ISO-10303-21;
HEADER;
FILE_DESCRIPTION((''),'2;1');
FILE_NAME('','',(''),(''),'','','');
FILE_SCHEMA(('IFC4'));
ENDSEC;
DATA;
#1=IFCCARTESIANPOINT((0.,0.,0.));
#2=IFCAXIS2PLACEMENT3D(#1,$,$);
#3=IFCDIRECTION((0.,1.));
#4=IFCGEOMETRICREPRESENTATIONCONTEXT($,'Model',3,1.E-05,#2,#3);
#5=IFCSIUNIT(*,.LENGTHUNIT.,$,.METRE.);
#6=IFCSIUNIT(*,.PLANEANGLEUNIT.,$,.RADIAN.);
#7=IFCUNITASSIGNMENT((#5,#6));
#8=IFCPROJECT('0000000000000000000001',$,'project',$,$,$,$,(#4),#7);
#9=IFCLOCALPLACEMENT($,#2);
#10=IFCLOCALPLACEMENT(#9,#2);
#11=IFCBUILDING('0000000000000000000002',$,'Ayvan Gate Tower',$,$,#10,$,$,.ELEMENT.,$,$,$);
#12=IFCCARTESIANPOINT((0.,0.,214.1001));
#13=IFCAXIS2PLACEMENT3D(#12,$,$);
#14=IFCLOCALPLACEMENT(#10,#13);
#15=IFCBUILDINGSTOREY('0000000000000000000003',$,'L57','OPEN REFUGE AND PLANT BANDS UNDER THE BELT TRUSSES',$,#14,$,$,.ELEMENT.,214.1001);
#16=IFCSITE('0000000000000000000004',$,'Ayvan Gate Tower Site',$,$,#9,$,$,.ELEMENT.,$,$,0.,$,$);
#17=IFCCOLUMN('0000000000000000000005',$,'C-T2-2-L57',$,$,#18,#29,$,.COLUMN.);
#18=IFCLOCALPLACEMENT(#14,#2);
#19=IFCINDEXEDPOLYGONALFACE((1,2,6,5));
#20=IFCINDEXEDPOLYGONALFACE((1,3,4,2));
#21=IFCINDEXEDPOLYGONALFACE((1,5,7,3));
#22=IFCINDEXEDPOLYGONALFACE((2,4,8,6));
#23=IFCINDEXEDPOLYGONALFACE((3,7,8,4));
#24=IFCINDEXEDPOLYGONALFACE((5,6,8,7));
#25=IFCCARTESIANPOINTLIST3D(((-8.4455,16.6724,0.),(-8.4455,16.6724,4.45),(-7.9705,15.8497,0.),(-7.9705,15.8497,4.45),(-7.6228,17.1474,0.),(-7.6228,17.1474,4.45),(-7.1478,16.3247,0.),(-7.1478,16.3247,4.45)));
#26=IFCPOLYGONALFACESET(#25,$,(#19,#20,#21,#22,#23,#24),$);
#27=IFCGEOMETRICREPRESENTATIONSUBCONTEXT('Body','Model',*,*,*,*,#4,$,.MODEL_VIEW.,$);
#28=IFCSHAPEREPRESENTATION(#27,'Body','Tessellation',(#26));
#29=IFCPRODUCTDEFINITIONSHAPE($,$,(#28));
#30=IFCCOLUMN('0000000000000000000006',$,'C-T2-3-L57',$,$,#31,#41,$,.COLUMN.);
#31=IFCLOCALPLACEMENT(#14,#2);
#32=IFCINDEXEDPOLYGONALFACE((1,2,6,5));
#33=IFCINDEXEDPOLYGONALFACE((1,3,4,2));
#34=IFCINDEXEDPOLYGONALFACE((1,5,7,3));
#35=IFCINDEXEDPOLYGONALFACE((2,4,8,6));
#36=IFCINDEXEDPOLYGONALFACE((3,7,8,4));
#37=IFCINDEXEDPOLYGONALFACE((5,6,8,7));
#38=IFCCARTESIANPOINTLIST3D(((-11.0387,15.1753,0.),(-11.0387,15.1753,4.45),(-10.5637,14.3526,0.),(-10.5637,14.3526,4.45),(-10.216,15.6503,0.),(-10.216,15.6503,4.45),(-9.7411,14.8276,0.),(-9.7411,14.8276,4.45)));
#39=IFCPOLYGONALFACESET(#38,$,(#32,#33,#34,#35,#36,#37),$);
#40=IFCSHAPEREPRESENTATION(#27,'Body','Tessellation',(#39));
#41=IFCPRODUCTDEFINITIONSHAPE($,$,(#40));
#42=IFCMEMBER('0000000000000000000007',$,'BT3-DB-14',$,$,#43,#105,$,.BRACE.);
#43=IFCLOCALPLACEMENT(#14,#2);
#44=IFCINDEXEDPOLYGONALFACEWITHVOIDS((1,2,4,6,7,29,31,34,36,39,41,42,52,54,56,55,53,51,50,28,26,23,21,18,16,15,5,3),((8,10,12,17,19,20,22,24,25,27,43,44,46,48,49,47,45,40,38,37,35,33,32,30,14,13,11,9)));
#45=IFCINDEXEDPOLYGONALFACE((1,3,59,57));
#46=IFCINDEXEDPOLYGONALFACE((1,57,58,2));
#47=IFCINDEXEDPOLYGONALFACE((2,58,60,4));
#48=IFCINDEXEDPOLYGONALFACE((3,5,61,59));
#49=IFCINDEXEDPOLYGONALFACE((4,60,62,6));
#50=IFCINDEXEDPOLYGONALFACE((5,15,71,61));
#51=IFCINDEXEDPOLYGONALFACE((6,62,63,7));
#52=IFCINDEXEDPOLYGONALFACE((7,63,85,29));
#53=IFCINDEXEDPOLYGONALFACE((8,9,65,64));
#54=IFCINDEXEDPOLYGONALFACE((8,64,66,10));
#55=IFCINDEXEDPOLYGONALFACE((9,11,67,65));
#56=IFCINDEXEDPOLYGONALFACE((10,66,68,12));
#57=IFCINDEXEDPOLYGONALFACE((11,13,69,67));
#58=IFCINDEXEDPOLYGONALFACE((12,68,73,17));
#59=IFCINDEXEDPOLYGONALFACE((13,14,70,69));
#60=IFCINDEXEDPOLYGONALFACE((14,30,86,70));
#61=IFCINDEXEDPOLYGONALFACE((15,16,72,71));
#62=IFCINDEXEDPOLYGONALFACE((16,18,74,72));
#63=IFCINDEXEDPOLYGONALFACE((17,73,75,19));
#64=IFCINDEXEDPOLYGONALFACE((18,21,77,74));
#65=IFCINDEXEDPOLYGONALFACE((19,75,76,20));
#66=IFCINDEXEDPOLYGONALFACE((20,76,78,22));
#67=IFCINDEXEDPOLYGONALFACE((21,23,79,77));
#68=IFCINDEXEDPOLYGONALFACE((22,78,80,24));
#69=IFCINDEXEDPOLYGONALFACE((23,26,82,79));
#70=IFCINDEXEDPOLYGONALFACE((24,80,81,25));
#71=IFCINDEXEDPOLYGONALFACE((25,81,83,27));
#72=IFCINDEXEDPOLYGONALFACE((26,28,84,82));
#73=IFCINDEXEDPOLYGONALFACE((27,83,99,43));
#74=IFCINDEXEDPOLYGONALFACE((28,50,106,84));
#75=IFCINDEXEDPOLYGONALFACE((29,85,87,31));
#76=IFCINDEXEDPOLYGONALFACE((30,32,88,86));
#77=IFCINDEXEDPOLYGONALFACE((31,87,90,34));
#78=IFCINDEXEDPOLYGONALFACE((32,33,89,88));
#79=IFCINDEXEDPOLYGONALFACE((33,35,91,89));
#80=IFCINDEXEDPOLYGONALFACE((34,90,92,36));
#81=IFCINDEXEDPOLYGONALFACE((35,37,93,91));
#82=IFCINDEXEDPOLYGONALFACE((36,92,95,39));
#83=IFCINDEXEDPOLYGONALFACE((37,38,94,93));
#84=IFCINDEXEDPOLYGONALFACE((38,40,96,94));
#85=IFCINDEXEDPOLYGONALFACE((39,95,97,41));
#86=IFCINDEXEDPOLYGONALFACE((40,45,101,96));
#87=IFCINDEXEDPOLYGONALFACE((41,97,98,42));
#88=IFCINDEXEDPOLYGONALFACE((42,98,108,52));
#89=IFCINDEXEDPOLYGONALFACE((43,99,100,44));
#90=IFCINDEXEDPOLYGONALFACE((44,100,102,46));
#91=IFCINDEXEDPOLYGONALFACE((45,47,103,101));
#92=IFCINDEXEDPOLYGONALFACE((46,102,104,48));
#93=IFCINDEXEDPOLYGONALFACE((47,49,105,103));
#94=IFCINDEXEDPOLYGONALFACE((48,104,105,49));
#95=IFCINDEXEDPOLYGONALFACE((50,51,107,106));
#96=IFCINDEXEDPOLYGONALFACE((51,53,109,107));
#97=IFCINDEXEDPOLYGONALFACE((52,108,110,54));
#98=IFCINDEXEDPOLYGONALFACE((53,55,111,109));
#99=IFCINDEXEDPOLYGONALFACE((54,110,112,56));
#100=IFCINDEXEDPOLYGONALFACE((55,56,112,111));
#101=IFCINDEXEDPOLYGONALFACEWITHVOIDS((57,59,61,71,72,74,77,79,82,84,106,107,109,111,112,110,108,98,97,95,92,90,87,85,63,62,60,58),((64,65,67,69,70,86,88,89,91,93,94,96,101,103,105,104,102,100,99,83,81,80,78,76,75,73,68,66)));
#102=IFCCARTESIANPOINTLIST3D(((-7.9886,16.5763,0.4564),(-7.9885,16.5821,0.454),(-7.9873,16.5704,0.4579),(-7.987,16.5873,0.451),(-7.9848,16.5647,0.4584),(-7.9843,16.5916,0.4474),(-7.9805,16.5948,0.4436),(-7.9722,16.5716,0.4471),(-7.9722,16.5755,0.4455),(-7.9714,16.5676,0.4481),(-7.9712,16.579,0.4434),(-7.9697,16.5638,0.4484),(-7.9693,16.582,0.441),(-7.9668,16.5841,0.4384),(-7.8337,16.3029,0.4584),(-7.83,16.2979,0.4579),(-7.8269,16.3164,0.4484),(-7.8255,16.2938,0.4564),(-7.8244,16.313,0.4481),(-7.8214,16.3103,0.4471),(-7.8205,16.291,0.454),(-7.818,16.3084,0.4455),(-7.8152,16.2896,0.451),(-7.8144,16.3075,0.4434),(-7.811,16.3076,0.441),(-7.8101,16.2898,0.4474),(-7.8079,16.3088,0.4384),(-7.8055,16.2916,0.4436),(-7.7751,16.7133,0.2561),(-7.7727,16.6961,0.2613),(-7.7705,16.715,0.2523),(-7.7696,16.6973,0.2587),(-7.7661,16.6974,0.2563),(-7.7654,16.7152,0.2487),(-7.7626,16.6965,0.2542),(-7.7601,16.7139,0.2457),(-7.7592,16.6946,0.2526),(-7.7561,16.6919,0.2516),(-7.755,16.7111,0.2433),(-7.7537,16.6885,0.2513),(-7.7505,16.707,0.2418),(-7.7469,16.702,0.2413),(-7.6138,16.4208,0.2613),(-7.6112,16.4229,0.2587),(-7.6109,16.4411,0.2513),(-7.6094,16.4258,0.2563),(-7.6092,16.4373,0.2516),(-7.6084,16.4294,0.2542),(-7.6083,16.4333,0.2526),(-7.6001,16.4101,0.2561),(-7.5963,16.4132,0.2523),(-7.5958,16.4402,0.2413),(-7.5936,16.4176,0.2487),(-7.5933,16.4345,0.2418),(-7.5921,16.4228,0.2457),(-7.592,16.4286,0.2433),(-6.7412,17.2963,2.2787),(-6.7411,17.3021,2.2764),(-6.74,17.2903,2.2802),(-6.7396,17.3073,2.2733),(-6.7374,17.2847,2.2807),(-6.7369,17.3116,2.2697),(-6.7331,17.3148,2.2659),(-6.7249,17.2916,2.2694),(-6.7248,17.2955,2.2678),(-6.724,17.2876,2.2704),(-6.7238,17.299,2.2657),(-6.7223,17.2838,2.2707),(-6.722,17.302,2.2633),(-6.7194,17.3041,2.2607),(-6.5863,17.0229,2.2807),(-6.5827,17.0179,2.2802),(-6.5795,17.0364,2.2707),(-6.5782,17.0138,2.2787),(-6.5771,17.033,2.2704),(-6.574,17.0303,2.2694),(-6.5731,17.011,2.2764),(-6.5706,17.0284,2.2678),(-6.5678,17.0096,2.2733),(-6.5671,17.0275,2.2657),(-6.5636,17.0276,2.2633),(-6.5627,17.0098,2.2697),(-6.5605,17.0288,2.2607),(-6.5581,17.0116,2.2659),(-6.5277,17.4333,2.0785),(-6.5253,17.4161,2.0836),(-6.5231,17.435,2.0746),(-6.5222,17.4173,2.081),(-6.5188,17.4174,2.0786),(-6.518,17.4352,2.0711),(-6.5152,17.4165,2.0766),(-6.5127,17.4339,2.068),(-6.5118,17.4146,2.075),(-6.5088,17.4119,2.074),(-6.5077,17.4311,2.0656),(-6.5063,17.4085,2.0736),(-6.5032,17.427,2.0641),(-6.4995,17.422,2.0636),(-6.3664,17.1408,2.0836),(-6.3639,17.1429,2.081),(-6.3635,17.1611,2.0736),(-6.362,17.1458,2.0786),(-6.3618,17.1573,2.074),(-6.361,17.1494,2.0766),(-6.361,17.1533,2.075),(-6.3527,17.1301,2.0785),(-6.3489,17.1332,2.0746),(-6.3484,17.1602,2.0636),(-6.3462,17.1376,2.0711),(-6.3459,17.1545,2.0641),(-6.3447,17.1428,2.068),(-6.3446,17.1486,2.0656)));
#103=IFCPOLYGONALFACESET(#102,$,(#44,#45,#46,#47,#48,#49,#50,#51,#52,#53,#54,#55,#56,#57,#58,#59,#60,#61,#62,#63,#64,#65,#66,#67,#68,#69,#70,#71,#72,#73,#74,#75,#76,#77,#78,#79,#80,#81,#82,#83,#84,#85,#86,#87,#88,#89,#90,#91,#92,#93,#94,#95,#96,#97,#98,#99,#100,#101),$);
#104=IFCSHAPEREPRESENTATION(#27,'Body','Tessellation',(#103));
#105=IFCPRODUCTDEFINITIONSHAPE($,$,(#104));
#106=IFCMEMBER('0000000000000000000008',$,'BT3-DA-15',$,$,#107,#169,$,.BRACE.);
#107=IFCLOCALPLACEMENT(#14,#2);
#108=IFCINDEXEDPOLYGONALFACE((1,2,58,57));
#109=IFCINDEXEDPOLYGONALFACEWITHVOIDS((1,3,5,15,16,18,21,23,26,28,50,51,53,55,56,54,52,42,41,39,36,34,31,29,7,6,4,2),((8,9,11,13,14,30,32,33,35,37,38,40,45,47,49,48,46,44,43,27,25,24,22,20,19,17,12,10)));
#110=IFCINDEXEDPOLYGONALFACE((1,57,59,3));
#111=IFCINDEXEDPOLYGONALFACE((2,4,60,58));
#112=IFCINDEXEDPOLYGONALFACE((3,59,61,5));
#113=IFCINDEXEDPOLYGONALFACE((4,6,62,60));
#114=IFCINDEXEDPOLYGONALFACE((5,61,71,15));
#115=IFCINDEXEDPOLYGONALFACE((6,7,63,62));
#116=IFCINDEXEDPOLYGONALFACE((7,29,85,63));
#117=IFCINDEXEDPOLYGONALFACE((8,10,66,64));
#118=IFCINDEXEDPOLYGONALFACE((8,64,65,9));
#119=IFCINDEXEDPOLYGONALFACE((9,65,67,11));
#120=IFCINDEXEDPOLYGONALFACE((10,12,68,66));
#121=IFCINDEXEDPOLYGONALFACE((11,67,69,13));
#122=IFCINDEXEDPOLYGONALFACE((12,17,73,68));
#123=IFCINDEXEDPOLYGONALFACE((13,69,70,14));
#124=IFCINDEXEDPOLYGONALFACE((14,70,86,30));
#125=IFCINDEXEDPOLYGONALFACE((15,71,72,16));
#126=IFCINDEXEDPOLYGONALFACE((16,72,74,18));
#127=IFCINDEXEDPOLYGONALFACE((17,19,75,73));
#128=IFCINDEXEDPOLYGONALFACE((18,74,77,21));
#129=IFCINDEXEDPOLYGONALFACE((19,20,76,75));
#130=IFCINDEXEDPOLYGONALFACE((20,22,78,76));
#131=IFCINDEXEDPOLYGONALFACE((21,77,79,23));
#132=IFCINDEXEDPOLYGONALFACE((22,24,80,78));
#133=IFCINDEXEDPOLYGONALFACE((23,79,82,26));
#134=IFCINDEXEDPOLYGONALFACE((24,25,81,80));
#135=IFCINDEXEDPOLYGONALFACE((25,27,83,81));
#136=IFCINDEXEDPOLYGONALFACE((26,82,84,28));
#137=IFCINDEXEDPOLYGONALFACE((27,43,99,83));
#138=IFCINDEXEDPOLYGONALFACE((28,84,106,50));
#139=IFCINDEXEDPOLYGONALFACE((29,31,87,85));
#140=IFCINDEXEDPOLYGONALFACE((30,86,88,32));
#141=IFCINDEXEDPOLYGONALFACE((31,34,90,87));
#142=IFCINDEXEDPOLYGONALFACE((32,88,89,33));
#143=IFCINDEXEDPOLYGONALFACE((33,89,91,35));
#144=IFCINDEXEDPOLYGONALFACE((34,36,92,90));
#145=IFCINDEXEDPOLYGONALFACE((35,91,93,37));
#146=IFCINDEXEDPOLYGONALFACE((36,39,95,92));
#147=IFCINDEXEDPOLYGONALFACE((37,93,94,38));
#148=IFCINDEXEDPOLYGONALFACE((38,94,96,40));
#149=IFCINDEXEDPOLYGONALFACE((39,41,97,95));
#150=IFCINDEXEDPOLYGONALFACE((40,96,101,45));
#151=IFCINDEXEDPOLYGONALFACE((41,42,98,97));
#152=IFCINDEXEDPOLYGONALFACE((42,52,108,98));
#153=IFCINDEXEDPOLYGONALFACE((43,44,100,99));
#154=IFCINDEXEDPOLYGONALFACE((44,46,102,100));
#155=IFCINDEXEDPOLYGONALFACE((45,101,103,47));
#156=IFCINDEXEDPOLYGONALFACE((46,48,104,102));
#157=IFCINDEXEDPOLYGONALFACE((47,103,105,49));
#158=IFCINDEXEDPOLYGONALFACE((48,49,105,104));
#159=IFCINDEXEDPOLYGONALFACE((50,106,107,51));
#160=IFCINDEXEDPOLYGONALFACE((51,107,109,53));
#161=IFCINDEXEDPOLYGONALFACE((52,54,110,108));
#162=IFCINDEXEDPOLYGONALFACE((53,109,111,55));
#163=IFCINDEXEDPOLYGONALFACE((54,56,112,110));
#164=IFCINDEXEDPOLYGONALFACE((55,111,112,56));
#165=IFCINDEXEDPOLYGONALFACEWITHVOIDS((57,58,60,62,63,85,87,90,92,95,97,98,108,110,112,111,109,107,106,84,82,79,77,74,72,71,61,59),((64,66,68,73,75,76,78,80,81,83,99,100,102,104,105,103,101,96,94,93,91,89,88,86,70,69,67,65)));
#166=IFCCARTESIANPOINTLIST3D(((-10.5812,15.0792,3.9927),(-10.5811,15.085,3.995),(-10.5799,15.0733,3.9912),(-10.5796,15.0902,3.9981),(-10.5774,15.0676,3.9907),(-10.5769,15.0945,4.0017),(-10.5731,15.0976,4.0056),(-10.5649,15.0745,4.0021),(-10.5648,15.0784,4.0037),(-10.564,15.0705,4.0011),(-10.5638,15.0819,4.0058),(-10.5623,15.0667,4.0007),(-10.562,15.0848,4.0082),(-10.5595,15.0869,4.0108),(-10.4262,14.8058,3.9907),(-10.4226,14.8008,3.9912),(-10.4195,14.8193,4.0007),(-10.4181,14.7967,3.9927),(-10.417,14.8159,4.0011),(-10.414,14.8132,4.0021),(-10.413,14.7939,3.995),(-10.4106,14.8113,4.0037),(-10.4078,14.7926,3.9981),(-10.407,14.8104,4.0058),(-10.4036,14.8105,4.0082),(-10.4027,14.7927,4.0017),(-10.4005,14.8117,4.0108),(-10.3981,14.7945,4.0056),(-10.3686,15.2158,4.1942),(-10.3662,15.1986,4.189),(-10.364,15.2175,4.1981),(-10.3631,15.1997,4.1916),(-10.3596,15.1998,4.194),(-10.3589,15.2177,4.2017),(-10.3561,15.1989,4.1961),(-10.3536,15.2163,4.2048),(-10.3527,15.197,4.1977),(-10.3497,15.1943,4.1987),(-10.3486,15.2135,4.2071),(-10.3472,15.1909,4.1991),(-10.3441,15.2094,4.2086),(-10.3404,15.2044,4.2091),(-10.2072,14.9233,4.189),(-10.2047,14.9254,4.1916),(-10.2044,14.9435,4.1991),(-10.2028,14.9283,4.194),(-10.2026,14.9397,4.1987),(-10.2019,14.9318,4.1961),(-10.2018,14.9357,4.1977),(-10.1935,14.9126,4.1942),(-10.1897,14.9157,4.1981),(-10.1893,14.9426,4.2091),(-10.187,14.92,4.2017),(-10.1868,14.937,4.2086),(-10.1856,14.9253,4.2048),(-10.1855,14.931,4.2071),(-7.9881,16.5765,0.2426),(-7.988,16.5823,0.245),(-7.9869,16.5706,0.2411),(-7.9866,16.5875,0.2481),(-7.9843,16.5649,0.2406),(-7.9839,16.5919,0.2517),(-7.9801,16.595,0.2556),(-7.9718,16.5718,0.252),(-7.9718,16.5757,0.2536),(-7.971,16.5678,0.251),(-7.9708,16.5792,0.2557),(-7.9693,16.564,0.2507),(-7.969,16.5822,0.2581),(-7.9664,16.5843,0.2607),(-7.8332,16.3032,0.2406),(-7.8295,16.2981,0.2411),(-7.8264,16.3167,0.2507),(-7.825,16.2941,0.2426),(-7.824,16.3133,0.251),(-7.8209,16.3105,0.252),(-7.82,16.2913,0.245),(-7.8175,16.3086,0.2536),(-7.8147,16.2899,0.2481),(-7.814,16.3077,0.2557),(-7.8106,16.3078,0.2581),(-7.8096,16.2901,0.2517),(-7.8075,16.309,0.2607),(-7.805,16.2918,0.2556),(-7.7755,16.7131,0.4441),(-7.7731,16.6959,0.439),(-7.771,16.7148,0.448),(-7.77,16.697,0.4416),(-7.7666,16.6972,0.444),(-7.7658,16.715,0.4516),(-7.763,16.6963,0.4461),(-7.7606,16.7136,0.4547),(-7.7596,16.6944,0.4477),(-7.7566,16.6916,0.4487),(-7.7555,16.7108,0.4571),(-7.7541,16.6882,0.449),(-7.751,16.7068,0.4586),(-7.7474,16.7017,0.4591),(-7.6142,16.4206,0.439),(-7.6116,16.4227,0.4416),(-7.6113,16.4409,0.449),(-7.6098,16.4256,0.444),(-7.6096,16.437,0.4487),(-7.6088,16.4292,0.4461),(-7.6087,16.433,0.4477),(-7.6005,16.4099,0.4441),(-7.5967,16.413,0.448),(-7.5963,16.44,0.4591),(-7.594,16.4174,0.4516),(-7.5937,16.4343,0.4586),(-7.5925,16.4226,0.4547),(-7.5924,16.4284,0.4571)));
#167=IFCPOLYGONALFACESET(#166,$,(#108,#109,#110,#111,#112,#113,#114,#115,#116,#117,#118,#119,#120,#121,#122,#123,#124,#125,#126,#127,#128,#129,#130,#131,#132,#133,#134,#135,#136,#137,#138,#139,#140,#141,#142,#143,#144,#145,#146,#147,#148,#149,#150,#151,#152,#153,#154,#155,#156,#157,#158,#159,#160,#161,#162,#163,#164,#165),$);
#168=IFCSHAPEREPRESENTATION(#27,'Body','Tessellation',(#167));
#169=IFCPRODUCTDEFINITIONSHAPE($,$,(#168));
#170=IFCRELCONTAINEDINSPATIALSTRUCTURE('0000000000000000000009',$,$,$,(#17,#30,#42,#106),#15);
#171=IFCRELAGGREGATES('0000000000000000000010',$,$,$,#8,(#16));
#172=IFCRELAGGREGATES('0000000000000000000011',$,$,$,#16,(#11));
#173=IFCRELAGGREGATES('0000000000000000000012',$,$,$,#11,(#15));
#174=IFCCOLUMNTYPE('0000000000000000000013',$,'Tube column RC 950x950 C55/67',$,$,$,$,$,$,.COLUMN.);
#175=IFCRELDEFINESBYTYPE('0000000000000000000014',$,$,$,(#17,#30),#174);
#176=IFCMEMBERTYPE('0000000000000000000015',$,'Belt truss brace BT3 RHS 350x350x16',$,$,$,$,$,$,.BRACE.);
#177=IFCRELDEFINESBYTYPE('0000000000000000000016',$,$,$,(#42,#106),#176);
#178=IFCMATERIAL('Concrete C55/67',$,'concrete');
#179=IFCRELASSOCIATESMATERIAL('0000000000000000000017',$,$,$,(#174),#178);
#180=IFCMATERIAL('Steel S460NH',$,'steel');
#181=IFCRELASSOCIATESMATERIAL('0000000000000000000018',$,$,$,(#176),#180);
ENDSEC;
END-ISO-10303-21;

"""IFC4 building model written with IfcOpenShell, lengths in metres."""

from ifc_helpers import new_model, si_unit, direction, frame, origin, origin_2d, place, context, subcontext, project, spatial, rectangle, hollow_rectangle, extrude, material, material_profile, profile_set, type_object, element, save


model = new_model("IFC4")

# Units and contexts
model_context = context("Model", 3, precision=1e-05, world=origin(), true_north=direction((0.0, 1.0)))
body_context = subcontext(model_context, "Body", "Model", "MODEL_VIEW")
ifc_project = project(units=[si_unit("LENGTHUNIT", "METRE"), si_unit("PLANEANGLEUNIT", "RADIAN")], contexts=[model_context])

# Site, building, storey
site_placement = place(None, origin())
site = spatial("IfcSite", under=ifc_project, at=site_placement, Name="Ayvan Gate Tower Site", CompositionType="ELEMENT", RefElevation=0.0)
building_placement = place(site_placement, origin())
building = spatial("IfcBuilding", under=site, at=building_placement, Name="Ayvan Gate Tower", CompositionType="ELEMENT")
storey_placement = place(building_placement, frame((0.0, 0.0, 214.1001)))
storey = spatial("IfcBuildingStorey", under=building, at=storey_placement, Name="L57", Description="OPEN REFUGE AND PLANT BANDS UNDER THE BELT TRUSSES", CompositionType="ELEMENT", Elevation=214.1001)

# Columns
ifc_material_1 = material(Name="Concrete C55/67", Category="concrete")
ifc_material_profile_1 = material_profile(ifc_material_1, rectangle(XDim=0.95, YDim=0.95, at=origin_2d()), Name="RC 950x950")
ifc_profile_set_1 = profile_set([ifc_material_profile_1], Name="Concrete C55/67")
column_type = type_object("IfcColumnType", Name="Tube column RC 950x950 C55/67", PredefinedType="COLUMN", material=ifc_profile_set_1)
for number, where, z_axis, x_axis, name in (
    (1, (-7.7966, 16.4985, 0.0), (0.0, 0.0, 1.0), (-0.5, 0.866025, 0.0), "C-T2-2-L57"),
    (2, (-10.3899, 15.0015, 0.0), (0.0, 0.0, 1.0), (-0.5, 0.866025, 0.0), "C-T2-3-L57"),
):
    element("IfcColumn", number, at=place(storey_placement, frame(where, z_axis=z_axis, x_axis=x_axis)), inside=storey, type_object=column_type, Name=name, PredefinedType="COLUMN", context=body_context, shape_type="SweptSolid", body=[
        extrude(rectangle(XDim=0.95, YDim=0.95, at=origin_2d()), origin(), (0.0, 0.0, 1.0), 4.45),
    ])

# Members
ifc_material_2 = material(Name="Steel S460NH", Category="steel")
ifc_material_profile_2 = material_profile(ifc_material_2, hollow_rectangle(XDim=0.3501, YDim=0.3501, WallThickness=0.0161, InnerFilletRadius=0.0161, OuterFilletRadius=0.0239, at=origin_2d()), Name="RHS 350x350x16")
ifc_profile_set_2 = profile_set([ifc_material_profile_2], Name="Steel S460NH")
member_type_1 = type_object("IfcMemberType", Name="Belt truss brace BT3 RHS 350x350x16", PredefinedType="BRACE", material=ifc_profile_set_2)
member_1_placement = place(storey_placement, frame((-7.7903, 16.5024, 0.3499), z_axis=(0.537017, 0.309975, 0.784556), x_axis=(-0.499913, 0.866075, 0.0)))
element("IfcMember", 3, at=member_1_placement, inside=storey, type_object=member_type_1, Name="BT3-DB-14", PredefinedType="BRACE", context=body_context, shape_type="SweptSolid", body=[
    extrude(hollow_rectangle(XDim=0.3501, YDim=0.3501, WallThickness=0.0161, InnerFilletRadius=0.0161, OuterFilletRadius=0.0239, at=origin_2d()), origin(), (0.0, 0.0, 1.0), 2.3228),
])
member_2_placement = place(storey_placement, frame((-7.7903, 16.5024, 0.3499), z_axis=(-0.54035, -0.31202, 0.78145), x_axis=(0.500059, -0.865991, 0.0)))
element("IfcMember", 4, at=member_2_placement, inside=storey, type_object=member_type_1, Name="BT3-DA-15", PredefinedType="BRACE", context=body_context, shape_type="SweptSolid", body=[
    extrude(hollow_rectangle(XDim=0.3501, YDim=0.3501, WallThickness=0.0161, InnerFilletRadius=0.0161, OuterFilletRadius=0.0239, at=origin_2d()), origin(), (0.0, 0.0, 1.0), 4.7988),
])

save(model, "model.ifc")
